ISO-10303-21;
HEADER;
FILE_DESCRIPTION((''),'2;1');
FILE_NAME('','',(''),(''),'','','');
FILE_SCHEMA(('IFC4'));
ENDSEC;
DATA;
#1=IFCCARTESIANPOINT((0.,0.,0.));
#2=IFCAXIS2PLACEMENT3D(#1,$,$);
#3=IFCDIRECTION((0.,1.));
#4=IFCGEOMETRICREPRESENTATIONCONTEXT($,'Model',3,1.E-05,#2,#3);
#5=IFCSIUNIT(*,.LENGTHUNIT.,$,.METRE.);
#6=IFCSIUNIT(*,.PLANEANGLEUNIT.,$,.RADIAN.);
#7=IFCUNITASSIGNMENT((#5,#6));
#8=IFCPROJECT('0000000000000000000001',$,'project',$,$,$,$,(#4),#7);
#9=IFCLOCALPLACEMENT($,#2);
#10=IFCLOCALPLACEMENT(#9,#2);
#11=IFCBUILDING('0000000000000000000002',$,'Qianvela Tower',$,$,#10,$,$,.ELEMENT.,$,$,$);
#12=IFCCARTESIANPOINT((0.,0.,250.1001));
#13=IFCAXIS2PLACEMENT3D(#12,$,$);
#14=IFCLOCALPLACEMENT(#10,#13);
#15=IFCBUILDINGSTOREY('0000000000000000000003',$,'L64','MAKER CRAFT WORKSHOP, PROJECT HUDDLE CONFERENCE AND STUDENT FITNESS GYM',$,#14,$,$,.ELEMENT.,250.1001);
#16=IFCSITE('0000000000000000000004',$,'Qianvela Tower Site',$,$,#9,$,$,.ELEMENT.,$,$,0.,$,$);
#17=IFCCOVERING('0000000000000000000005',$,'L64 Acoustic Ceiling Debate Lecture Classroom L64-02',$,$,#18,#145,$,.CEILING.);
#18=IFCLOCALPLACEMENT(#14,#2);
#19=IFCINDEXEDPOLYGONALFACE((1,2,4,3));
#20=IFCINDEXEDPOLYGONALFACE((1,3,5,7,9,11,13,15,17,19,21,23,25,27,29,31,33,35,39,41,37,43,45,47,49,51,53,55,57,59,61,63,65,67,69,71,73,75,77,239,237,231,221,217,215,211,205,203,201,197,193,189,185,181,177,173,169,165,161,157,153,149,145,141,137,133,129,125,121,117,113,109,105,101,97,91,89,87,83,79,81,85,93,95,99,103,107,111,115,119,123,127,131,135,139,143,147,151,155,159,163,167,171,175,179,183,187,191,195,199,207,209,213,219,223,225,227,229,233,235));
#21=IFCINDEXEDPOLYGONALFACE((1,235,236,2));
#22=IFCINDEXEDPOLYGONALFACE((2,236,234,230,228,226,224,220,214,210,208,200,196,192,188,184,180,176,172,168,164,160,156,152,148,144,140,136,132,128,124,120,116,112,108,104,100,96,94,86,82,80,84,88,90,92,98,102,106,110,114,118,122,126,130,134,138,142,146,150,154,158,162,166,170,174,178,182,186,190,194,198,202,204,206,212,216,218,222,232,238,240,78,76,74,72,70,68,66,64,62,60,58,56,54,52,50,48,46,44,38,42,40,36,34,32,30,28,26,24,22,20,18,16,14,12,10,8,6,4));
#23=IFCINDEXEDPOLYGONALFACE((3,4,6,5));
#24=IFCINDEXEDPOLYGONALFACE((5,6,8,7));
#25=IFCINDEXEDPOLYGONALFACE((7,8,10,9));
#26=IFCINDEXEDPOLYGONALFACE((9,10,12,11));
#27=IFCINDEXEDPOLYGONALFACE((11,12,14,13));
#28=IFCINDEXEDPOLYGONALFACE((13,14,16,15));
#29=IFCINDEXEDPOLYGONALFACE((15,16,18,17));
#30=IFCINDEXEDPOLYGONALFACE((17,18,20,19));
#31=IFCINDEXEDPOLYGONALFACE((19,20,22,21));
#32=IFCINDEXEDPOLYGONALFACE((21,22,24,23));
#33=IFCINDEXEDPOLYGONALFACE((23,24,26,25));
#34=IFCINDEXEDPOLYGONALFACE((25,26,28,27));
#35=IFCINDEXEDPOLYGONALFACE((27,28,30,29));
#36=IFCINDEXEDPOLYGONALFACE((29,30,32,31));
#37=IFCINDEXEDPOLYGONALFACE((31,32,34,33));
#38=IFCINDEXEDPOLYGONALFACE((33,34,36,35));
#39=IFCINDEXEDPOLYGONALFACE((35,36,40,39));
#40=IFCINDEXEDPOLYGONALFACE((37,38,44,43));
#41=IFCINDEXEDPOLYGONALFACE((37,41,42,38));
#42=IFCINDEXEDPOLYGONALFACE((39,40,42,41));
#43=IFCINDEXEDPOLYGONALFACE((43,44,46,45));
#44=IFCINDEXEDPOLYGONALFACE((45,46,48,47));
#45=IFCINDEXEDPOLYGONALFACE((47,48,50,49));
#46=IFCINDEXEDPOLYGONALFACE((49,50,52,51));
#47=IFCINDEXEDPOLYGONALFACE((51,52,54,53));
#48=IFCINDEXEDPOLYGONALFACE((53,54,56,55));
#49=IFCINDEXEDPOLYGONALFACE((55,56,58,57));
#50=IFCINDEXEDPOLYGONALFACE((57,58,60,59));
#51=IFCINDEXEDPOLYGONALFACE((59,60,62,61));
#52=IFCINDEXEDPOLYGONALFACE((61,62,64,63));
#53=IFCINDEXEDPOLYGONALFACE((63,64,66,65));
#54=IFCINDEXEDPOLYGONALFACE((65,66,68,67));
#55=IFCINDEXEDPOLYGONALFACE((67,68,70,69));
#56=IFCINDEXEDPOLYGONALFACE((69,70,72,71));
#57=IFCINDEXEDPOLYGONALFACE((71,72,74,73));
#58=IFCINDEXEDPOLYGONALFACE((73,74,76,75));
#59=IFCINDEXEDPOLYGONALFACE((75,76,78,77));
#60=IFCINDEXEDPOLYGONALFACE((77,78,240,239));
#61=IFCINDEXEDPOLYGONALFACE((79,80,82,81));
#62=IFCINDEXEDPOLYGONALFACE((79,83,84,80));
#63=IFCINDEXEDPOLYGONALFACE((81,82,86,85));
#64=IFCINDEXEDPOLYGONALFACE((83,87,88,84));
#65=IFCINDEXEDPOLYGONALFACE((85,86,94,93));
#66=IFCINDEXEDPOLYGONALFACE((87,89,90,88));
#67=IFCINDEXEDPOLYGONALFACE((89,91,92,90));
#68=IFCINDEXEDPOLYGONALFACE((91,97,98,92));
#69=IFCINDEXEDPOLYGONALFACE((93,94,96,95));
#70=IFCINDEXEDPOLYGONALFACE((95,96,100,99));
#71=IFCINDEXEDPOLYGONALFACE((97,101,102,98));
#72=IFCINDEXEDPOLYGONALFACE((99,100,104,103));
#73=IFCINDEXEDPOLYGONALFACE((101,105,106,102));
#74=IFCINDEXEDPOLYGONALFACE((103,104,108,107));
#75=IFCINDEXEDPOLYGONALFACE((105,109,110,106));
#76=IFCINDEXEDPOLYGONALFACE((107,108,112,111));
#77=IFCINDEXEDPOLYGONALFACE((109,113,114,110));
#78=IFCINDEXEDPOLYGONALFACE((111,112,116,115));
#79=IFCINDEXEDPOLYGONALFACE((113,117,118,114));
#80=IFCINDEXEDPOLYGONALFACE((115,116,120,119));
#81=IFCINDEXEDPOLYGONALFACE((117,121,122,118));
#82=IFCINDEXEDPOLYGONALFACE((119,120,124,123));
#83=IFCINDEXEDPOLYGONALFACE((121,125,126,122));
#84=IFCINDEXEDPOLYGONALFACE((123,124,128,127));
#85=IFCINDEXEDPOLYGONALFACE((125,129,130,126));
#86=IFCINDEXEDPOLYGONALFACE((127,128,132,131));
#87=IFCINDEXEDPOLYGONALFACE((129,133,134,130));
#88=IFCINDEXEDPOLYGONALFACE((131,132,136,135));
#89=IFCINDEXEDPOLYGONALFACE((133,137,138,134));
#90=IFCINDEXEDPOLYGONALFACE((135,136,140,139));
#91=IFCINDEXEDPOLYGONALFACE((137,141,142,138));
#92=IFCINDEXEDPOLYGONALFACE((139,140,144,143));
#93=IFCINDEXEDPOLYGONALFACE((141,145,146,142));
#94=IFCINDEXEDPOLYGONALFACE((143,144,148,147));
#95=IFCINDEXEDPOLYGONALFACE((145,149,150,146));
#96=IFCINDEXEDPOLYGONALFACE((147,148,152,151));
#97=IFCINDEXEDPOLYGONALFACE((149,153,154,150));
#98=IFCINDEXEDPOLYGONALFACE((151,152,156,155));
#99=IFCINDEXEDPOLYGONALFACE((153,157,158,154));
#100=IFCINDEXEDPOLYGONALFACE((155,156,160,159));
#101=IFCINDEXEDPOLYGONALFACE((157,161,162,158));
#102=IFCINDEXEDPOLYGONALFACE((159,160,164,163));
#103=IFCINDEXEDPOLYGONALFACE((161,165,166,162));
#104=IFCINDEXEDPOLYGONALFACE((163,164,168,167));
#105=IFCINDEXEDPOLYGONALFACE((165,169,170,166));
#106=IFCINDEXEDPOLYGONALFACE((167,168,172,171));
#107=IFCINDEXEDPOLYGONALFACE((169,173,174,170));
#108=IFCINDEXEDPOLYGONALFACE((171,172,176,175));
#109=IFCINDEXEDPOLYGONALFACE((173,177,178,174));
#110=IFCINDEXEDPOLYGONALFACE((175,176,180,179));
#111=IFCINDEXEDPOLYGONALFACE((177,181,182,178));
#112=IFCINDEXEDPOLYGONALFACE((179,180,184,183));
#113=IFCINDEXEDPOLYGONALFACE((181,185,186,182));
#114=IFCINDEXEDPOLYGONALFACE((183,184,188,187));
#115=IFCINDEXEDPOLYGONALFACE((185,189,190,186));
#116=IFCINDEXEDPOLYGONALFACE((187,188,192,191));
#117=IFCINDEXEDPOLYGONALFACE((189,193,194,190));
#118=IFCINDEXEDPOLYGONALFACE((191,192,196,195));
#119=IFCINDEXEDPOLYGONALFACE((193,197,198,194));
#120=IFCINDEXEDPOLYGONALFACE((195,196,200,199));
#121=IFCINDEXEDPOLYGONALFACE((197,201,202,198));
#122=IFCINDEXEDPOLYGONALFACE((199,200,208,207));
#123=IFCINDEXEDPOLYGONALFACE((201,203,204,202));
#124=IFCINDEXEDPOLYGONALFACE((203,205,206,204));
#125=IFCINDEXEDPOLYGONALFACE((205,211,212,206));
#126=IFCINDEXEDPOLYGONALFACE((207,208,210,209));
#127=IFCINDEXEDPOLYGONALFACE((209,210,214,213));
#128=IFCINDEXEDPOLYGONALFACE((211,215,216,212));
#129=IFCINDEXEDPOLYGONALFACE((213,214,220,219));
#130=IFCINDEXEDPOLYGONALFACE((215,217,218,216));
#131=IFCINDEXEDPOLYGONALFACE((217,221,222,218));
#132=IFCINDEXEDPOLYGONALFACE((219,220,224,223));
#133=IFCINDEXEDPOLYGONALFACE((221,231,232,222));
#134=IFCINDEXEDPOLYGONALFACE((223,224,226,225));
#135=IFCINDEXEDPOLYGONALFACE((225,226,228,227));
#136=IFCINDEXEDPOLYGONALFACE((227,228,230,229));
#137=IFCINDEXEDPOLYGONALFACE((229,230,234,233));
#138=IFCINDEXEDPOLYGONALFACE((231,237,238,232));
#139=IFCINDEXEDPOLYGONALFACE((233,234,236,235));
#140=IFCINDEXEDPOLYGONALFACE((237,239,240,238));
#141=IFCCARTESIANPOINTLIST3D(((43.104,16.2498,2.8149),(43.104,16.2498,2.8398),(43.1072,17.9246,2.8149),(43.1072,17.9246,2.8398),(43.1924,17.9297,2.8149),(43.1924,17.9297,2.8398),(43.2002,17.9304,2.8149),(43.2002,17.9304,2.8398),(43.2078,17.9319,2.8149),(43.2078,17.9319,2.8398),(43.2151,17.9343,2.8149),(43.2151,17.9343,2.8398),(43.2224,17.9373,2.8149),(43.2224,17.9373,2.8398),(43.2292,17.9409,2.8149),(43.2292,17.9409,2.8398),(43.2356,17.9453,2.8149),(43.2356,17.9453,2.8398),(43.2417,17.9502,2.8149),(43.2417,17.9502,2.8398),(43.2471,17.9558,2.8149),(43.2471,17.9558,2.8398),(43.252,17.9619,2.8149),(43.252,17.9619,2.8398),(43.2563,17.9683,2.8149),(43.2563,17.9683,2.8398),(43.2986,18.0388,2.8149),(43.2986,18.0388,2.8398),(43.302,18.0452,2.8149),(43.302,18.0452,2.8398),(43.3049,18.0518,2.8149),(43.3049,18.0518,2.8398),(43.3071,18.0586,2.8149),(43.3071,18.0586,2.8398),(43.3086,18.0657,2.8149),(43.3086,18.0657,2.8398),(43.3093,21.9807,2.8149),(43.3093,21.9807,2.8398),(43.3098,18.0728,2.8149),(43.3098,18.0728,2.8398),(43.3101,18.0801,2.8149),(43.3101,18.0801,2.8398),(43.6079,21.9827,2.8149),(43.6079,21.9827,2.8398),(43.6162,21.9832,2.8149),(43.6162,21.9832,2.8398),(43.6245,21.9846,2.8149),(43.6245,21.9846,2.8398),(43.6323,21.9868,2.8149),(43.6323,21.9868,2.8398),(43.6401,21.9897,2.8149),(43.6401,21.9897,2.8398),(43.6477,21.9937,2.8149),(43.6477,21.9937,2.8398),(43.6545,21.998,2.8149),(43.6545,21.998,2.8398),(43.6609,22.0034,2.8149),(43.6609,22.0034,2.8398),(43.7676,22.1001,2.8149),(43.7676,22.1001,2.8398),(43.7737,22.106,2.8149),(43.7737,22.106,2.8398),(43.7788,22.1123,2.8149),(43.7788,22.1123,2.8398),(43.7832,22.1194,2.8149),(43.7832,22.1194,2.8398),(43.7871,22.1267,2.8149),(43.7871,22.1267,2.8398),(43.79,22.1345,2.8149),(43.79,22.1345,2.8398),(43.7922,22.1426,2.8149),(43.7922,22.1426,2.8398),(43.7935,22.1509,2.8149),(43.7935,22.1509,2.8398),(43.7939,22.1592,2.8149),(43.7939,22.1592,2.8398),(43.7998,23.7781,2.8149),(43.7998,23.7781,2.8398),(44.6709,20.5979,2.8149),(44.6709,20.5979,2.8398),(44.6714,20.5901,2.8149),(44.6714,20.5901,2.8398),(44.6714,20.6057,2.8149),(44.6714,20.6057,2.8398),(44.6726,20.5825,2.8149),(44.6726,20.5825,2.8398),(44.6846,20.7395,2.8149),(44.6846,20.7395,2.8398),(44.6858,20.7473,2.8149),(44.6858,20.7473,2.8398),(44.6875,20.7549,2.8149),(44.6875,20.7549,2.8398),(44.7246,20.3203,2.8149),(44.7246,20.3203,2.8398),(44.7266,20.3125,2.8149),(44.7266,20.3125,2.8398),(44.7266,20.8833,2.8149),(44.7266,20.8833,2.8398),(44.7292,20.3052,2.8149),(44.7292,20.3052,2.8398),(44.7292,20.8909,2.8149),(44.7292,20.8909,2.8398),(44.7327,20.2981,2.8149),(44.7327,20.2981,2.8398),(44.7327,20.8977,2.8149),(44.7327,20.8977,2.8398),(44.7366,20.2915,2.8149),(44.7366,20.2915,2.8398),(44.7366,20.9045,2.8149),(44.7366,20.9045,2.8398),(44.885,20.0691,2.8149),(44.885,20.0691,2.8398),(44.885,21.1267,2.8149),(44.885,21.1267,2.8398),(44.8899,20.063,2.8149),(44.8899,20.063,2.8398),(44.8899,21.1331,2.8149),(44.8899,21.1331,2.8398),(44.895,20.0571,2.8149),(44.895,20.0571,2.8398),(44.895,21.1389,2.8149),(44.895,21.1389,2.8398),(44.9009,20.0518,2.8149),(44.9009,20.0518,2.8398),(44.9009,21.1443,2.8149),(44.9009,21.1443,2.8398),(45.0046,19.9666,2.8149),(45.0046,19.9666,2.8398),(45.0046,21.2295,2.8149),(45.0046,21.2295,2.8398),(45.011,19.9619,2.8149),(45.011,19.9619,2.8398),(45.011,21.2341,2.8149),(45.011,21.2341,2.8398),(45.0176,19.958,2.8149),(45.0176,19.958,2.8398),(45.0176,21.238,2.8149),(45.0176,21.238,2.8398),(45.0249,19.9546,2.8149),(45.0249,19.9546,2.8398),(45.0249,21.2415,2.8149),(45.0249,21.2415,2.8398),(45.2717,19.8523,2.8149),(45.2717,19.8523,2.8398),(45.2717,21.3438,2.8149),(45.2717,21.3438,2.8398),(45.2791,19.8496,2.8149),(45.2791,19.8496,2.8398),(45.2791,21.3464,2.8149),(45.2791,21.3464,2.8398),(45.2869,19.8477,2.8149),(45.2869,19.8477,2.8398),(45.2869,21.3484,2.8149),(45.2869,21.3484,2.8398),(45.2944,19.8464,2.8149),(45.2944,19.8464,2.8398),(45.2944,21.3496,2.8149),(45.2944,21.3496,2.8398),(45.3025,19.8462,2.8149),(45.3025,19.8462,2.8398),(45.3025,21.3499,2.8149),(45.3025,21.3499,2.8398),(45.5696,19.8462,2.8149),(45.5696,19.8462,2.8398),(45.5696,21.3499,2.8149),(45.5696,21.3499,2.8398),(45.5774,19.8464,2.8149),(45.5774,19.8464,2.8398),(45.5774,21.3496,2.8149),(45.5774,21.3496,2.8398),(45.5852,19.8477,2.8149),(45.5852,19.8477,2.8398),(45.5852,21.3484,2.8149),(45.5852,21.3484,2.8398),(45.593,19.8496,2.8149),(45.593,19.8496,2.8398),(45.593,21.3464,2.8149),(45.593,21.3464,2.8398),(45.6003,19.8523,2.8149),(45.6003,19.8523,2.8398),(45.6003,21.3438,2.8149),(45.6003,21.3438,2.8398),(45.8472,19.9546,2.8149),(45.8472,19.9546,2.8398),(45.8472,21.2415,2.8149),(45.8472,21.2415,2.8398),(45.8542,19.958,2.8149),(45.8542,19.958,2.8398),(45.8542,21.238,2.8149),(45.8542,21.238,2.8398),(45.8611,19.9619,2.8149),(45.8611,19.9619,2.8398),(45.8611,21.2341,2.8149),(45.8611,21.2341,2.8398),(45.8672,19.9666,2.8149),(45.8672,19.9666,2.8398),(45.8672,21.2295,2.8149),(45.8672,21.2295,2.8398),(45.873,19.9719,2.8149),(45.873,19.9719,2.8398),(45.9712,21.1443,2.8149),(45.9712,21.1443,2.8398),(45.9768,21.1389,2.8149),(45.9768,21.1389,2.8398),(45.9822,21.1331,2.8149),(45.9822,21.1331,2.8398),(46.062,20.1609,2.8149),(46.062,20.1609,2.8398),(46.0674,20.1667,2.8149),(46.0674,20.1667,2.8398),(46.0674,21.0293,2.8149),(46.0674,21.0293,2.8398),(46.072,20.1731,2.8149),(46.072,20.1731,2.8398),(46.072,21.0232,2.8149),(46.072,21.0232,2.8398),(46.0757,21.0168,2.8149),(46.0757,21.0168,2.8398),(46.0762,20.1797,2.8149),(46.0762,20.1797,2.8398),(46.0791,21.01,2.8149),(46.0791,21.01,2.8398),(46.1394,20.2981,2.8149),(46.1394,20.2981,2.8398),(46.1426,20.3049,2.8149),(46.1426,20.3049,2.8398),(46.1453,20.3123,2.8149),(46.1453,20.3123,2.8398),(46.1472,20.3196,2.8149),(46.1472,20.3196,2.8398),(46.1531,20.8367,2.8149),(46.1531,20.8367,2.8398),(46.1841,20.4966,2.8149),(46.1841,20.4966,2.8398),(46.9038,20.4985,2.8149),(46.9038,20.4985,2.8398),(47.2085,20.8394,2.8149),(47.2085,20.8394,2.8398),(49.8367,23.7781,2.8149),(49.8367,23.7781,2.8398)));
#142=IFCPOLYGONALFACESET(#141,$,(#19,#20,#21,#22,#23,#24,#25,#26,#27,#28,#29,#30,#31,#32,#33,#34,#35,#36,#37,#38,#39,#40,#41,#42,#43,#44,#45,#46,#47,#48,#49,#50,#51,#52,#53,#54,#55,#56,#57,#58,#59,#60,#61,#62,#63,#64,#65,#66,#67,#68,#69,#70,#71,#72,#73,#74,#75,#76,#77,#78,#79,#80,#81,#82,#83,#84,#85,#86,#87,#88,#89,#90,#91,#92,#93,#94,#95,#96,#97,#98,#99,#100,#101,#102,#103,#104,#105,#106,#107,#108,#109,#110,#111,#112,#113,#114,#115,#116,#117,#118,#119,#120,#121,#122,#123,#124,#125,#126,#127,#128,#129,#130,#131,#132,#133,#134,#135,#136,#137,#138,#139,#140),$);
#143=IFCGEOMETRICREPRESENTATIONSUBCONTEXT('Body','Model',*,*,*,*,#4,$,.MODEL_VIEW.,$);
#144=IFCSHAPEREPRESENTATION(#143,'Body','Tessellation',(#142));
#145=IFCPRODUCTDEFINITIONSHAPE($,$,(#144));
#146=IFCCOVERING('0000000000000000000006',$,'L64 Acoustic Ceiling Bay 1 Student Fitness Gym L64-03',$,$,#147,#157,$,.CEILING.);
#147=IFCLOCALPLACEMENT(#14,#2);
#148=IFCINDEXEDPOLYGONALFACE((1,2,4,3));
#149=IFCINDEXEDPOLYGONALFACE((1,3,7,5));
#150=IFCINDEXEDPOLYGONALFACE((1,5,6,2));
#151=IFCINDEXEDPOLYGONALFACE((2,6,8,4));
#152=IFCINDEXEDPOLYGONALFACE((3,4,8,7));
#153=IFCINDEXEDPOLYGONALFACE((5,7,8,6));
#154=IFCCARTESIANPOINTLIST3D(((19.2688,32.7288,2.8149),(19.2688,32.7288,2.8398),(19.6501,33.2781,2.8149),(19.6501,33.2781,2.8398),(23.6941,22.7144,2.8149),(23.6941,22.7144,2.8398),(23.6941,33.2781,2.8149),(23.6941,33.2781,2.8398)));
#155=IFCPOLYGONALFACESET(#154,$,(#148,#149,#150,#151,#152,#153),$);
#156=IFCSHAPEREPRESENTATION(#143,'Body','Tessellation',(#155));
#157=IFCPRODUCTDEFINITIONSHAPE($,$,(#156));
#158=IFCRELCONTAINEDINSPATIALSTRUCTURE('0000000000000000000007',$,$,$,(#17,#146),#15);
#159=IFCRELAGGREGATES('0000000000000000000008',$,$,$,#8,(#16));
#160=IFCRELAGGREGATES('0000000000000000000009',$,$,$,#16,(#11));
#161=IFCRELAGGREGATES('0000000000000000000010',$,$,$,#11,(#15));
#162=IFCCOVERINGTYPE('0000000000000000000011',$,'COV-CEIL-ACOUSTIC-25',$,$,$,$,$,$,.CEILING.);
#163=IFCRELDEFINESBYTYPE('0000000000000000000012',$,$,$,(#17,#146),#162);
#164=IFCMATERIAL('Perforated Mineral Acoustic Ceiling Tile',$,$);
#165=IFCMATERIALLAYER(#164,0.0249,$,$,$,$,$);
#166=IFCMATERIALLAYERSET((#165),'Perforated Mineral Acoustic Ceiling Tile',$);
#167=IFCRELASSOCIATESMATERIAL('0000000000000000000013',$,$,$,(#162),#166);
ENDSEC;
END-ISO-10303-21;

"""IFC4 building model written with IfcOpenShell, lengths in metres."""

from ifc_helpers import new_model, si_unit, direction, frame, origin, place, context, subcontext, project, spatial, polyline, outline, extrude, material, layer, layer_set, type_object, element, save


model = new_model("IFC4")

# Units and contexts
model_context = context("Model", 3, precision=1e-05, world=origin(), true_north=direction((0.0, 1.0)))
body_context = subcontext(model_context, "Body", "Model", "MODEL_VIEW")
ifc_project = project(units=[si_unit("LENGTHUNIT", "METRE"), si_unit("PLANEANGLEUNIT", "RADIAN")], contexts=[model_context])

# Site, building, storey
site_placement = place(None, origin())
site = spatial("IfcSite", under=ifc_project, at=site_placement, Name="Qianvela Tower Site", CompositionType="ELEMENT", RefElevation=0.0)
building_placement = place(site_placement, origin())
building = spatial("IfcBuilding", under=site, at=building_placement, Name="Qianvela Tower", CompositionType="ELEMENT")
storey_placement = place(building_placement, frame((0.0, 0.0, 250.1001)))
storey = spatial("IfcBuildingStorey", under=building, at=storey_placement, Name="L64", Description="MAKER CRAFT WORKSHOP, PROJECT HUDDLE CONFERENCE AND STUDENT FITNESS GYM", CompositionType="ELEMENT", Elevation=250.1001)

# Coverings
ifc_material_1 = material(Name="Perforated Mineral Acoustic Ceiling Tile")
ifc_layer_1 = layer(ifc_material_1, 0.0249)
ifc_layer_set_1 = layer_set([ifc_layer_1], Name="Perforated Mineral Acoustic Ceiling Tile")
covering_type_1 = type_object("IfcCoveringType", Name="COV-CEIL-ACOUSTIC-25", PredefinedType="CEILING", material=ifc_layer_set_1)
covering_1_placement = place(storey_placement, frame((0.0, 0.0, 2.8149)))
element("IfcCovering", 1, at=covering_1_placement, inside=storey, type_object=covering_type_1, Name="L64 Acoustic Ceiling Debate Lecture Classroom L64-02", PredefinedType="CEILING", context=body_context, shape_type="SweptSolid", body=[
    extrude(outline(polyline([(43.2986, 18.0388), (43.302, 18.0452), (43.3049, 18.0518), (43.3071, 18.0586), (43.3086, 18.0657), (43.3098, 18.0728), (43.3101, 18.0801), (43.3093, 21.9807), (43.6079, 21.9827), (43.6162, 21.9832), (43.6245, 21.9846), (43.6323, 21.9868), (43.6401, 21.9897), (43.6477, 21.9937), (43.6545, 21.998), (43.6609, 22.0034), (43.7676, 22.1001), (43.7737, 22.106), (43.7788, 22.1123), (43.7832, 22.1194), (43.7871, 22.1267), (43.79, 22.1345), (43.7922, 22.1426), (43.7935, 22.1509), (43.7939, 22.1592), (43.7998, 23.7781), (49.8367, 23.7781), (47.2085, 20.8394), (46.1531, 20.8367), (46.0791, 21.01), (46.0757, 21.0168), (46.072, 21.0232), (46.0674, 21.0293), (45.9822, 21.1331), (45.9768, 21.1389), (45.9712, 21.1443), (45.8672, 21.2295), (45.8611, 21.2341), (45.8542, 21.238), (45.8472, 21.2415), (45.6003, 21.3438), (45.593, 21.3464), (45.5852, 21.3484), (45.5774, 21.3496), (45.5696, 21.3499), (45.3025, 21.3499), (45.2944, 21.3496), (45.2869, 21.3484), (45.2791, 21.3464), (45.2717, 21.3438), (45.0249, 21.2415), (45.0176, 21.238), (45.011, 21.2341), (45.0046, 21.2295), (44.9009, 21.1443), (44.895, 21.1389), (44.8899, 21.1331), (44.885, 21.1267), (44.7366, 20.9045), (44.7327, 20.8977), (44.7292, 20.8909), (44.7266, 20.8833), (44.6875, 20.7549), (44.6858, 20.7473), (44.6846, 20.7395), (44.6714, 20.6057), (44.6709, 20.5979), (44.6714, 20.5901), (44.6726, 20.5825), (44.7246, 20.3203), (44.7266, 20.3125), (44.7292, 20.3052), (44.7327, 20.2981), (44.7366, 20.2915), (44.885, 20.0691), (44.8899, 20.063), (44.895, 20.0571), (44.9009, 20.0518), (45.0046, 19.9666), (45.011, 19.9619), (45.0176, 19.958), (45.0249, 19.9546), (45.2717, 19.8523), (45.2791, 19.8496), (45.2869, 19.8477), (45.2944, 19.8464), (45.3025, 19.8462), (45.5696, 19.8462), (45.5774, 19.8464), (45.5852, 19.8477), (45.593, 19.8496), (45.6003, 19.8523), (45.8472, 19.9546), (45.8542, 19.958), (45.8611, 19.9619), (45.8672, 19.9666), (45.873, 19.9719), (46.062, 20.1609), (46.0674, 20.1667), (46.072, 20.1731), (46.0762, 20.1797), (46.1394, 20.2981), (46.1426, 20.3049), (46.1453, 20.3123), (46.1472, 20.3196), (46.1841, 20.4966), (46.9038, 20.4985), (43.104, 16.2498), (43.1072, 17.9246), (43.1924, 17.9297), (43.2002, 17.9304), (43.2078, 17.9319), (43.2151, 17.9343), (43.2224, 17.9373), (43.2292, 17.9409), (43.2356, 17.9453), (43.2417, 17.9502), (43.2471, 17.9558), (43.252, 17.9619), (43.2563, 17.9683), (43.2986, 18.0388)])), origin(), (0.0, 0.0, 1.0), 0.0249),
])
covering_2_placement = place(storey_placement, frame((0.0, 0.0, 2.8149)))
element("IfcCovering", 2, at=covering_2_placement, inside=storey, type_object=covering_type_1, Name="L64 Acoustic Ceiling Bay 1 Student Fitness Gym L64-03", PredefinedType="CEILING", context=body_context, shape_type="SweptSolid", body=[
    extrude(outline(polyline([(19.6501, 33.2781), (23.6941, 33.2781), (23.6941, 22.7144), (19.2688, 32.7288), (19.6501, 33.2781)])), origin(), (0.0, 0.0, 1.0), 0.0249),
])

save(model, "model.ifc")
